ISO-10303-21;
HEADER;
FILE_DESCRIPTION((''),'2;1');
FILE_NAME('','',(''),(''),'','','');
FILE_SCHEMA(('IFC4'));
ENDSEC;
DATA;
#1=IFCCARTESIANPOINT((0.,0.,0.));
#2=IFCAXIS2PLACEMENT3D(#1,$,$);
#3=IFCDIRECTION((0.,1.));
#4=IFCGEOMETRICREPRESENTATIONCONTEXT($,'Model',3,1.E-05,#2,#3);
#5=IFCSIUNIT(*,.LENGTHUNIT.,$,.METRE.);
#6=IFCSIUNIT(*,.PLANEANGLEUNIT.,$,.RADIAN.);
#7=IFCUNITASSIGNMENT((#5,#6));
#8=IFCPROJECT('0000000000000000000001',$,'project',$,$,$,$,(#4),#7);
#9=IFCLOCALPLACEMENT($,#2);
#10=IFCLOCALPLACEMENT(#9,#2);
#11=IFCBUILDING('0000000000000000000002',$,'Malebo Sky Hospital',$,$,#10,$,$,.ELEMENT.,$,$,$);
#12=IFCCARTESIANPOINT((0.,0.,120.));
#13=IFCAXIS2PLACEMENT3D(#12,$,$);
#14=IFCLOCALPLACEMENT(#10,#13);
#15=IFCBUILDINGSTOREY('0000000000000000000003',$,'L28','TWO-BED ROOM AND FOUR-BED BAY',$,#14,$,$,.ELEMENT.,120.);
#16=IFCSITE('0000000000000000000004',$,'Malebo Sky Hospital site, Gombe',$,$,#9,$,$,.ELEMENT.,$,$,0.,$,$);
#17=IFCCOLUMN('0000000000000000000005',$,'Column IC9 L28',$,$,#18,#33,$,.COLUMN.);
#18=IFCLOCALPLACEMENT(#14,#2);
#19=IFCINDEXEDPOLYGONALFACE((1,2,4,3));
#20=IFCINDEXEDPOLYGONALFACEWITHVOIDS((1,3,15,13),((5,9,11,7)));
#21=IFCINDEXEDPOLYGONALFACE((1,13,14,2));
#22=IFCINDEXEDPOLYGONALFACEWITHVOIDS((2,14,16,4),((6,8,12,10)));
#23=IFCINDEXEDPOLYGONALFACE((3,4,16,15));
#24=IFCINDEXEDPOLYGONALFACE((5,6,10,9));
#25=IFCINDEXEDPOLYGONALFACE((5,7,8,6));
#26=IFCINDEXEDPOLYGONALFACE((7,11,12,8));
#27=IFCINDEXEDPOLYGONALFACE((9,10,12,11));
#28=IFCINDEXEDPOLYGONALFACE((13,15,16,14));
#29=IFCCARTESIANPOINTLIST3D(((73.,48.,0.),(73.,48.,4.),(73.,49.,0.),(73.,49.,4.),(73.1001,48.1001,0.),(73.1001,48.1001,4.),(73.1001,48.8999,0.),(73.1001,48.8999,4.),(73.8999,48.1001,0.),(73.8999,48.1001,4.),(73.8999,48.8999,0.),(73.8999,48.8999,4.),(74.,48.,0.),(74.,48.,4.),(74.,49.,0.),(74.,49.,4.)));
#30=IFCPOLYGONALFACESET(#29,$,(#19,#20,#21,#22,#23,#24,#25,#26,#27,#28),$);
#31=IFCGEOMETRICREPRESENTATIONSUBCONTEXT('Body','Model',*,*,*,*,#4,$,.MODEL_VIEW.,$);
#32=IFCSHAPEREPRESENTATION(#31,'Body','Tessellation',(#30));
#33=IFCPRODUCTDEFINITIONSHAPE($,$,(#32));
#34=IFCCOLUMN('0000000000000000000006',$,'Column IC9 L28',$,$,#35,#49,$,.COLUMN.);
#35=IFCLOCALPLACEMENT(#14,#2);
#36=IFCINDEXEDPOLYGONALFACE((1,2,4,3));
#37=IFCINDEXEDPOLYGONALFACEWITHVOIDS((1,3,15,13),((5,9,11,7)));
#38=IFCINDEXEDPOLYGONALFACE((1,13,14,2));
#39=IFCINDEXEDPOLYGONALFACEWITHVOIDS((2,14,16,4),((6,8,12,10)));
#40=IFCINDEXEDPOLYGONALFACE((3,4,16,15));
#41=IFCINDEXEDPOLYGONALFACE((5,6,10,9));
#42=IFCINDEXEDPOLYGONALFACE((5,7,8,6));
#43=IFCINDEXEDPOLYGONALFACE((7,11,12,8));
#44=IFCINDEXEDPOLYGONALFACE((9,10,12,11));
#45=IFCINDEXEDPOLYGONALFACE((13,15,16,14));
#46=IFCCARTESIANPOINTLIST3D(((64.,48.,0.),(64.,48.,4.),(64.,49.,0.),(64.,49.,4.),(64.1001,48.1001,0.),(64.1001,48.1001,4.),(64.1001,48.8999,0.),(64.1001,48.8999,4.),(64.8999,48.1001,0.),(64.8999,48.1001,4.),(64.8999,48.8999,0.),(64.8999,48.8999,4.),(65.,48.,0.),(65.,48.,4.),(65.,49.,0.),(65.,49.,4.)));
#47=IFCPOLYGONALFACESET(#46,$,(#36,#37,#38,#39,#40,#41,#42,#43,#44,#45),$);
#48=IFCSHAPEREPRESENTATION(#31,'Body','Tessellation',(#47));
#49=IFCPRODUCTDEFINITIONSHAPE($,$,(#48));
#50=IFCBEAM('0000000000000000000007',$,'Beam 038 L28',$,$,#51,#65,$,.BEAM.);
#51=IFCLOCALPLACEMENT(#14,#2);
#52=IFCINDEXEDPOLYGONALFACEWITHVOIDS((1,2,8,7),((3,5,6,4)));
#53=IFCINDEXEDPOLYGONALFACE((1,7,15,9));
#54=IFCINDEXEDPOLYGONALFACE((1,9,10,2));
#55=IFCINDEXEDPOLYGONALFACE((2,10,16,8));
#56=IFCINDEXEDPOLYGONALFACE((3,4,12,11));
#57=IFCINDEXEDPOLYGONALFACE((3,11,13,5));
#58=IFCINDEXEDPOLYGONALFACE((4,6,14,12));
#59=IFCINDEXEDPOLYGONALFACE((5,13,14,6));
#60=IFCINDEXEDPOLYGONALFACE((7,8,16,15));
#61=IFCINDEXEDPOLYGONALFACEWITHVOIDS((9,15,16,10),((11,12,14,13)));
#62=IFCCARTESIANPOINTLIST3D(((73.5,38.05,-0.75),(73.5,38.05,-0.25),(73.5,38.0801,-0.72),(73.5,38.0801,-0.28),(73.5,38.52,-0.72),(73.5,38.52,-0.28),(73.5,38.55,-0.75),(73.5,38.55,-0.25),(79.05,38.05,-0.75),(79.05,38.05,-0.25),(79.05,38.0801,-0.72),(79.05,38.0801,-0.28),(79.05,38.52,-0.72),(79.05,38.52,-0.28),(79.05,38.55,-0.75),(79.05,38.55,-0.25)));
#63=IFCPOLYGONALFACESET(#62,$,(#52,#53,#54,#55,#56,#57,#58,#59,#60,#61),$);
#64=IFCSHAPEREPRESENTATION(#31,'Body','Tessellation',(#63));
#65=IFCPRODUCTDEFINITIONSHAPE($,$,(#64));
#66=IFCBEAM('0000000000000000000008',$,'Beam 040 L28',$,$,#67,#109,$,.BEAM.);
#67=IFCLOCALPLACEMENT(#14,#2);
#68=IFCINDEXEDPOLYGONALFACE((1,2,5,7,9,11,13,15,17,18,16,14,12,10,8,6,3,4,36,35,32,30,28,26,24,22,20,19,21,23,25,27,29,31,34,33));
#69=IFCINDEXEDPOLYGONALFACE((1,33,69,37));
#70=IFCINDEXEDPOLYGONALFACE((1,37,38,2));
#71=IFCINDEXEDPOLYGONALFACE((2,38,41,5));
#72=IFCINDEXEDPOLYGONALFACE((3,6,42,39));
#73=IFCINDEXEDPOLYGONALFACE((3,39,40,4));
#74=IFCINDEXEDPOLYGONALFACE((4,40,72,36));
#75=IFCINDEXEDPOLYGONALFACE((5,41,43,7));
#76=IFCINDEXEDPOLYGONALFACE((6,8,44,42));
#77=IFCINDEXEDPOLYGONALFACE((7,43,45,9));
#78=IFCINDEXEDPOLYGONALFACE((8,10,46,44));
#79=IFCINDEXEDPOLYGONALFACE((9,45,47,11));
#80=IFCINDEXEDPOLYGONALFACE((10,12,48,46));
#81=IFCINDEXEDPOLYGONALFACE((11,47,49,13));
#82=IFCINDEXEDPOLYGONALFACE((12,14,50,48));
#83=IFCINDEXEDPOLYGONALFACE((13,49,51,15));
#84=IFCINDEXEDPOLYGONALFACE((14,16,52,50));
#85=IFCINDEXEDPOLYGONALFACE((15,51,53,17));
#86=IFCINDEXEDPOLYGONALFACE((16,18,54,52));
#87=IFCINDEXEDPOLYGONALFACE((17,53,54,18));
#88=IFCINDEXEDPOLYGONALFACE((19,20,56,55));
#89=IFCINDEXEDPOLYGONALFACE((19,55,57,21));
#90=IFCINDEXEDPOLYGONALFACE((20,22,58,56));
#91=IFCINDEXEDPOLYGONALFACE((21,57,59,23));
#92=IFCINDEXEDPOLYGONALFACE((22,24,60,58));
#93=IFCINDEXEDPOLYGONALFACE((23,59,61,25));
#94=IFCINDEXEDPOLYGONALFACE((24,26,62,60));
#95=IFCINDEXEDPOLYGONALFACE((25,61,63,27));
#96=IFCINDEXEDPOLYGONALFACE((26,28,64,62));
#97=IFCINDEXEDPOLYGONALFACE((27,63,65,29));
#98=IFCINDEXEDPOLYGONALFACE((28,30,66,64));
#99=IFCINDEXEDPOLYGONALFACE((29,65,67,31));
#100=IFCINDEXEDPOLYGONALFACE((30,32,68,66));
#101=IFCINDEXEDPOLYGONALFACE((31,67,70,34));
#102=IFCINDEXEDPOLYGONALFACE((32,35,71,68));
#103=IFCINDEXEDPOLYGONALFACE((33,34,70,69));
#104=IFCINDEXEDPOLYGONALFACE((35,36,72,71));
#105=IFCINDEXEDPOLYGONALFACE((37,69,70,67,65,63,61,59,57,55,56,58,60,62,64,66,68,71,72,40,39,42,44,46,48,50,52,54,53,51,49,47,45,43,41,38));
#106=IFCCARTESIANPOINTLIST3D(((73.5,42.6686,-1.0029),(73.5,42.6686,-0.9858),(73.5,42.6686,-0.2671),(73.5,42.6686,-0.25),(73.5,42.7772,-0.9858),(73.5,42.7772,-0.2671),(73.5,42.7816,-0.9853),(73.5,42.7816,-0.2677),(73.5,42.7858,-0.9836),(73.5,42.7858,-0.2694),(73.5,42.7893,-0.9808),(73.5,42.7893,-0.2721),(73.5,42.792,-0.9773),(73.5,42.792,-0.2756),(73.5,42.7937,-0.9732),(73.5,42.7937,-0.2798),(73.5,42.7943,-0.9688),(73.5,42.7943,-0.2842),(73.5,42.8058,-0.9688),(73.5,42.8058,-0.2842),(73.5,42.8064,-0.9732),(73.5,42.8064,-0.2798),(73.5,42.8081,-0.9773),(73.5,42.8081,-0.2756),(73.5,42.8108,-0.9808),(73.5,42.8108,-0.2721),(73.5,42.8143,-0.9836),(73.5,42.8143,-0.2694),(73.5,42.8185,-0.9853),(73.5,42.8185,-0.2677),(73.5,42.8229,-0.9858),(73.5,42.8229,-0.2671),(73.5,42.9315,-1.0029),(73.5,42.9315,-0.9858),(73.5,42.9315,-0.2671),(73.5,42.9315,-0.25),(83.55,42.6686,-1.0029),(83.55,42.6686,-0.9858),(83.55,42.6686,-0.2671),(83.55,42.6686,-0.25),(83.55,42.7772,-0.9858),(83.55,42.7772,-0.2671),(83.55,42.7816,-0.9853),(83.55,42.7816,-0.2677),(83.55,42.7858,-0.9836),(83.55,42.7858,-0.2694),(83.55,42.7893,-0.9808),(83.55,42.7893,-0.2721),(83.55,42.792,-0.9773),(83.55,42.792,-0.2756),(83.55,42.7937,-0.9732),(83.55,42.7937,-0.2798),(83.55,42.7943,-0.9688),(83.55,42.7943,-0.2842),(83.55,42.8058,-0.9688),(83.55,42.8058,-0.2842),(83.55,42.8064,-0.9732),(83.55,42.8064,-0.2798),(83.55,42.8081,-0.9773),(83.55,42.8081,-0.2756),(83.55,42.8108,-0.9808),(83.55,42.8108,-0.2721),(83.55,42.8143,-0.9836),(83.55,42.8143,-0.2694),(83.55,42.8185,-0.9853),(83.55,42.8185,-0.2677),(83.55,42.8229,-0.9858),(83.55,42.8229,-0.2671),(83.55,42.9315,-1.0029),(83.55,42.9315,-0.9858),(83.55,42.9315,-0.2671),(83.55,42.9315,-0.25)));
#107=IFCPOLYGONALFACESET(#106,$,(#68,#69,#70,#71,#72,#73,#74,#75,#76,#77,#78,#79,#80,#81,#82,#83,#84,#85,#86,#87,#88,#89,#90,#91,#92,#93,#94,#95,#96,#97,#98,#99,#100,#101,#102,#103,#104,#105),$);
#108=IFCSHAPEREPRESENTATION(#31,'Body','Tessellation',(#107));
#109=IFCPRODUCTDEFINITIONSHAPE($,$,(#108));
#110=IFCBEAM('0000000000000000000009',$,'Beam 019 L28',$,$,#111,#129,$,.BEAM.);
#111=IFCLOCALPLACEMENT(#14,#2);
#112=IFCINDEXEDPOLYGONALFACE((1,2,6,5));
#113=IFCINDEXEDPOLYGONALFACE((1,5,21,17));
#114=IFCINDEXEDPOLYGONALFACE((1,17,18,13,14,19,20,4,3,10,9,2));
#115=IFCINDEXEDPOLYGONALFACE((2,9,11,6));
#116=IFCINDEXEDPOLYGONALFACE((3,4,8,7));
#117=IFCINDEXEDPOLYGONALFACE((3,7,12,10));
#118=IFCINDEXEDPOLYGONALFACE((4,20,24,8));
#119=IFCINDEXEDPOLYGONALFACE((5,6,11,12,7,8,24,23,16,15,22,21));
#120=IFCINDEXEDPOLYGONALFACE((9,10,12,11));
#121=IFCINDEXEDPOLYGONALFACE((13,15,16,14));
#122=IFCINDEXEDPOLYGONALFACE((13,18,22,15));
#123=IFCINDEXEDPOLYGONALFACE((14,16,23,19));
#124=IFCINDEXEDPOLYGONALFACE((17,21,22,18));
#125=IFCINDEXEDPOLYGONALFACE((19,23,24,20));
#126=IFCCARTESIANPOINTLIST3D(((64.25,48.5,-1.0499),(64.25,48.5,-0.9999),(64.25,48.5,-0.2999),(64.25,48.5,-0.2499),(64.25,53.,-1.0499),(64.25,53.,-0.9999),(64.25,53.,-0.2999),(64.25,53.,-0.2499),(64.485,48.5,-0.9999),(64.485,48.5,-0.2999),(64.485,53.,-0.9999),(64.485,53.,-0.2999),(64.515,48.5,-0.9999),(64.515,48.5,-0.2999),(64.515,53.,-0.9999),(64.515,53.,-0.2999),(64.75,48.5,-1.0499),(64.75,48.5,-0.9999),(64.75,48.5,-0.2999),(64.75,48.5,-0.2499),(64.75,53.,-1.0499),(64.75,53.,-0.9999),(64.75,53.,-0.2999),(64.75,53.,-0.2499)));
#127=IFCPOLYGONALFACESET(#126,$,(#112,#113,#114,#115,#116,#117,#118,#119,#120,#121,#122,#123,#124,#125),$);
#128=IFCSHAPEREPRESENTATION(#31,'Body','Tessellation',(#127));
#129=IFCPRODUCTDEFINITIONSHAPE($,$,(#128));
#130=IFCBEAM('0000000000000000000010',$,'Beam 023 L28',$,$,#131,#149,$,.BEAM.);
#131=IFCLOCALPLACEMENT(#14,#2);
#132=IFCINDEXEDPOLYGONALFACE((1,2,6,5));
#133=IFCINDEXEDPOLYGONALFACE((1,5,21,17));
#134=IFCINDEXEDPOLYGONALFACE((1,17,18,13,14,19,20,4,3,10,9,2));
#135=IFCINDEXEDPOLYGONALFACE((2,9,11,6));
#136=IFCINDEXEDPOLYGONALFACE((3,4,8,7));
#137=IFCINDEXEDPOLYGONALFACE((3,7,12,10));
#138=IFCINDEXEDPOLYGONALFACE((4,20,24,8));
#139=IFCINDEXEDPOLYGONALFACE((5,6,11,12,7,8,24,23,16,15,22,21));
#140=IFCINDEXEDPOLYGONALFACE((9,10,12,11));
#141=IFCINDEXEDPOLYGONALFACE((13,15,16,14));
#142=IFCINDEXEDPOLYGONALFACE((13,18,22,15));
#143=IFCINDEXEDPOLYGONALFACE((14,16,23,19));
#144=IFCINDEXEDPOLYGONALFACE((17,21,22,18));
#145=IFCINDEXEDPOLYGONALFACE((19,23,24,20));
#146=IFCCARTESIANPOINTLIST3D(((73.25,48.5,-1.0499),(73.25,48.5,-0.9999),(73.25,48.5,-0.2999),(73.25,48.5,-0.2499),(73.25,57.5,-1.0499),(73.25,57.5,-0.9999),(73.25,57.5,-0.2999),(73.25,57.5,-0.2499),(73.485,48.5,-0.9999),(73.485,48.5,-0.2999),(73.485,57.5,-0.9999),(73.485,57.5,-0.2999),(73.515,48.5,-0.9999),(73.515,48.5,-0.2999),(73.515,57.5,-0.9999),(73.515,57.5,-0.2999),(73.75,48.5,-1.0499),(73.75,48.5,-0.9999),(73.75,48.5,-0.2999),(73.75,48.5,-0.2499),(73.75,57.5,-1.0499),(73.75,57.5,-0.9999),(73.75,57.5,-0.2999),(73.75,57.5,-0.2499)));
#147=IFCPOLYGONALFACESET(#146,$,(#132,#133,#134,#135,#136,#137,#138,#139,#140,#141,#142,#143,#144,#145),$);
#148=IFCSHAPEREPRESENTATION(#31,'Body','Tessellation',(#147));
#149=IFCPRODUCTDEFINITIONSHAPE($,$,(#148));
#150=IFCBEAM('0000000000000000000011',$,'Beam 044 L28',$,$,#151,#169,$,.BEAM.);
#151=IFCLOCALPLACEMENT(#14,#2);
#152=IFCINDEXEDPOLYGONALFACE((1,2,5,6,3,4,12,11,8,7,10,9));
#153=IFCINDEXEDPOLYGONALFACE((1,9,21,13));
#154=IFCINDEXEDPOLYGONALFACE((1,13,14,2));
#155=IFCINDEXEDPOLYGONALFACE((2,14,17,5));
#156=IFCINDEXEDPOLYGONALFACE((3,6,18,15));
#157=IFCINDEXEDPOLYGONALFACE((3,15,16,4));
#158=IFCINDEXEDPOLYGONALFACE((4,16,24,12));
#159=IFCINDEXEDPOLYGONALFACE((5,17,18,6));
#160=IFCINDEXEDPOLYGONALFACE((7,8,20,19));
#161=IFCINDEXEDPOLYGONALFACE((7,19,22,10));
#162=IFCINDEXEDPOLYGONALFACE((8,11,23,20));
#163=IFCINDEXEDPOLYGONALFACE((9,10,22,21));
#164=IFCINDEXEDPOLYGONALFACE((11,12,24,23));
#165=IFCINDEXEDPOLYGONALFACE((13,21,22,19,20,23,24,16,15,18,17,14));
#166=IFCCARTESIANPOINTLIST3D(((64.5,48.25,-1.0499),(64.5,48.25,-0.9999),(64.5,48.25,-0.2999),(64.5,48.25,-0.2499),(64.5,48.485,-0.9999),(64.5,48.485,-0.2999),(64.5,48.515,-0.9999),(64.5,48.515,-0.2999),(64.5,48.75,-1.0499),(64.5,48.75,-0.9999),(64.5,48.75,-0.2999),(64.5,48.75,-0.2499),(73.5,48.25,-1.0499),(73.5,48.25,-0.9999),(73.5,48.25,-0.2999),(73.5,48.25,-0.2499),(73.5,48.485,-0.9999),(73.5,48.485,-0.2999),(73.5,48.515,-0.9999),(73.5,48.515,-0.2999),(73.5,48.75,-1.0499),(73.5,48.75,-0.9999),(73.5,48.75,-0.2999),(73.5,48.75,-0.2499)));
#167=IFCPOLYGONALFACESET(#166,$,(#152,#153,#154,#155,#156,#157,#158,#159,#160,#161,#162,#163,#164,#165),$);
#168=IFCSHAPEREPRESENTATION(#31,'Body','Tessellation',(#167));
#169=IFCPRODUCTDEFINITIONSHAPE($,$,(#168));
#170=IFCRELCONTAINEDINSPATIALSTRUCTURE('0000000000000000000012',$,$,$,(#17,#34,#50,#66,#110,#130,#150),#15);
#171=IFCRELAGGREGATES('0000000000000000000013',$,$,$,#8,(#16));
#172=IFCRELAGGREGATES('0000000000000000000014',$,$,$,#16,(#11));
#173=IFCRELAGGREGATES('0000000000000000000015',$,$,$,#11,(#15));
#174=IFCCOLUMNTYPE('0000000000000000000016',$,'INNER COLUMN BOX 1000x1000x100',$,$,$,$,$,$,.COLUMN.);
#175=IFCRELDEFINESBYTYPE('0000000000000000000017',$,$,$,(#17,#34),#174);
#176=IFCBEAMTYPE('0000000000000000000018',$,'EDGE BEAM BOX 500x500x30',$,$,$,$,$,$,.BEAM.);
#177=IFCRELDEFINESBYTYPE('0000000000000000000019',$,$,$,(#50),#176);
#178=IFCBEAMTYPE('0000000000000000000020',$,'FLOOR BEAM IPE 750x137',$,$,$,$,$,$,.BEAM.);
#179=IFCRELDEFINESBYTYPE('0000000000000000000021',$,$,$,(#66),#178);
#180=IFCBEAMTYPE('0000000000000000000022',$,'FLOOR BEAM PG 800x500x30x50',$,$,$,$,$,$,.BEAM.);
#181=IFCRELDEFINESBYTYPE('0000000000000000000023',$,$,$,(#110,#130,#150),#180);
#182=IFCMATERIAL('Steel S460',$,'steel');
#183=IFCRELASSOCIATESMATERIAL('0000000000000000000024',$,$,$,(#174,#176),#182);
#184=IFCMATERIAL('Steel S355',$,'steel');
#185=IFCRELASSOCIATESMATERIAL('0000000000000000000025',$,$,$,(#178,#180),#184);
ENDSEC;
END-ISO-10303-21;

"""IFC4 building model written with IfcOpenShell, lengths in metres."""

from ifc_helpers import new_model, si_unit, direction, frame, origin, origin_2d, place, context, subcontext, project, spatial, hollow_rectangle, i_section, extrude, material, material_profile, profile_set, type_object, element, save


model = new_model("IFC4")

# Units and contexts
model_context = context("Model", 3, precision=1e-05, world=origin(), true_north=direction((0.0, 1.0)))
body_context = subcontext(model_context, "Body", "Model", "MODEL_VIEW")
ifc_project = project(units=[si_unit("LENGTHUNIT", "METRE"), si_unit("PLANEANGLEUNIT", "RADIAN")], contexts=[model_context])

# Site, building, storey
site_placement = place(None, origin())
site = spatial("IfcSite", under=ifc_project, at=site_placement, Name="Malebo Sky Hospital site, Gombe", CompositionType="ELEMENT", RefElevation=0.0)
building_placement = place(site_placement, origin())
building = spatial("IfcBuilding", under=site, at=building_placement, Name="Malebo Sky Hospital", CompositionType="ELEMENT")
storey_placement = place(building_placement, frame((0.0, 0.0, 120.0)))
storey = spatial("IfcBuildingStorey", under=building, at=storey_placement, Name="L28", Description="TWO-BED ROOM AND FOUR-BED BAY", CompositionType="ELEMENT", Elevation=120.0)

# Columns
ifc_material_1 = material(Name="Steel S460", Category="steel")
ifc_material_profile_1 = material_profile(ifc_material_1, hollow_rectangle(XDim=1.0, YDim=1.0, WallThickness=0.1001, at=origin_2d()), Name="BOX 1000x1000x100")
ifc_profile_set_1 = profile_set([ifc_material_profile_1], Name="Steel S460")
column_type = type_object("IfcColumnType", Name="INNER COLUMN BOX 1000x1000x100", PredefinedType="COLUMN", material=ifc_profile_set_1)
for number, where, z_axis, x_axis, name in (
    (1, (73.5, 48.5, 0.0), (0.0, 0.0, 1.0), (1.0, 0.0, 0.0), "Column IC9 L28"),
    (2, (64.5, 48.5, 0.0), (0.0, 0.0, 1.0), (1.0, 0.0, 0.0), "Column IC9 L28"),
):
    element("IfcColumn", number, at=place(storey_placement, frame(where, z_axis=z_axis, x_axis=x_axis)), inside=storey, type_object=column_type, Name=name, PredefinedType="COLUMN", context=body_context, shape_type="SweptSolid", body=[
        extrude(hollow_rectangle(XDim=1.0, YDim=1.0, WallThickness=0.1001, at=origin_2d()), origin(), (0.0, 0.0, 1.0), 4.0),
    ])

# Beams
ifc_material_profile_2 = material_profile(ifc_material_1, hollow_rectangle(XDim=0.5, YDim=0.5, WallThickness=0.03, at=origin_2d()), Name="BOX 500x500x30")
ifc_profile_set_2 = profile_set([ifc_material_profile_2], Name="Steel S460")
beam_type_1 = type_object("IfcBeamType", Name="EDGE BEAM BOX 500x500x30", PredefinedType="BEAM", material=ifc_profile_set_2)
beam_1_placement = place(storey_placement, frame((73.5, 38.3, -0.5), z_axis=(1.0, 0.0, 0.0), x_axis=(0.0, 1.0, 0.0)))
element("IfcBeam", 3, at=beam_1_placement, inside=storey, type_object=beam_type_1, Name="Beam 038 L28", PredefinedType="BEAM", context=body_context, shape_type="SweptSolid", body=[
    extrude(hollow_rectangle(XDim=0.5, YDim=0.5, WallThickness=0.03, at=origin_2d()), origin(), (0.0, 0.0, 1.0), 5.55),
])
ifc_material_2 = material(Name="Steel S355", Category="steel")
ifc_material_profile_3 = material_profile(ifc_material_2, i_section(OverallWidth=0.2629, OverallDepth=0.7529, WebThickness=0.0115, FlangeThickness=0.0171, FilletRadius=0.0171, at=origin_2d()), Name="IPE 750x137")
ifc_profile_set_3 = profile_set([ifc_material_profile_3], Name="Steel S355")
beam_type_2 = type_object("IfcBeamType", Name="FLOOR BEAM IPE 750x137", PredefinedType="BEAM", material=ifc_profile_set_3)
beam_2_placement = place(storey_placement, frame((73.5, 42.8, -0.6265), z_axis=(1.0, 0.0, 0.0), x_axis=(0.0, 1.0, 0.0)))
element("IfcBeam", 4, at=beam_2_placement, inside=storey, type_object=beam_type_2, Name="Beam 040 L28", PredefinedType="BEAM", context=body_context, shape_type="SweptSolid", body=[
    extrude(i_section(OverallWidth=0.2629, OverallDepth=0.7529, WebThickness=0.0115, FlangeThickness=0.0171, FilletRadius=0.0171, at=origin_2d()), origin(), (0.0, 0.0, 1.0), 10.05),
])
ifc_material_profile_4 = material_profile(ifc_material_2, i_section(OverallWidth=0.5, OverallDepth=0.8, WebThickness=0.03, FlangeThickness=0.05, at=origin_2d()), Name="PG 800x500x30x50")
ifc_profile_set_4 = profile_set([ifc_material_profile_4], Name="Steel S355")
beam_type_3 = type_object("IfcBeamType", Name="FLOOR BEAM PG 800x500x30x50", PredefinedType="BEAM", material=ifc_profile_set_4)
beam_3_placement = place(storey_placement, frame((64.5, 48.5, -0.6499), z_axis=(0.0, 1.0, 0.0), x_axis=(-1.0, 0.0, 0.0)))
element("IfcBeam", 5, at=beam_3_placement, inside=storey, type_object=beam_type_3, Name="Beam 019 L28", PredefinedType="BEAM", context=body_context, shape_type="SweptSolid", body=[
    extrude(i_section(OverallWidth=0.5, OverallDepth=0.8, WebThickness=0.03, FlangeThickness=0.05, at=origin_2d()), origin(), (0.0, 0.0, 1.0), 4.5),
])
for number, where, z_axis, x_axis, name in (
    (6, (73.5, 48.5, -0.6499), (0.0, 1.0, 0.0), (-1.0, 0.0, 0.0), "Beam 023 L28"),
    (7, (64.5, 48.5, -0.6499), (1.0, 0.0, 0.0), (0.0, 1.0, 0.0), "Beam 044 L28"),
):
    element("IfcBeam", number, at=place(storey_placement, frame(where, z_axis=z_axis, x_axis=x_axis)), inside=storey, type_object=beam_type_3, Name=name, PredefinedType="BEAM", context=body_context, shape_type="SweptSolid", body=[
        extrude(i_section(OverallWidth=0.5, OverallDepth=0.8, WebThickness=0.03, FlangeThickness=0.05, at=origin_2d()), origin(), (0.0, 0.0, 1.0), 9.0),
    ])

save(model, "model.ifc")
